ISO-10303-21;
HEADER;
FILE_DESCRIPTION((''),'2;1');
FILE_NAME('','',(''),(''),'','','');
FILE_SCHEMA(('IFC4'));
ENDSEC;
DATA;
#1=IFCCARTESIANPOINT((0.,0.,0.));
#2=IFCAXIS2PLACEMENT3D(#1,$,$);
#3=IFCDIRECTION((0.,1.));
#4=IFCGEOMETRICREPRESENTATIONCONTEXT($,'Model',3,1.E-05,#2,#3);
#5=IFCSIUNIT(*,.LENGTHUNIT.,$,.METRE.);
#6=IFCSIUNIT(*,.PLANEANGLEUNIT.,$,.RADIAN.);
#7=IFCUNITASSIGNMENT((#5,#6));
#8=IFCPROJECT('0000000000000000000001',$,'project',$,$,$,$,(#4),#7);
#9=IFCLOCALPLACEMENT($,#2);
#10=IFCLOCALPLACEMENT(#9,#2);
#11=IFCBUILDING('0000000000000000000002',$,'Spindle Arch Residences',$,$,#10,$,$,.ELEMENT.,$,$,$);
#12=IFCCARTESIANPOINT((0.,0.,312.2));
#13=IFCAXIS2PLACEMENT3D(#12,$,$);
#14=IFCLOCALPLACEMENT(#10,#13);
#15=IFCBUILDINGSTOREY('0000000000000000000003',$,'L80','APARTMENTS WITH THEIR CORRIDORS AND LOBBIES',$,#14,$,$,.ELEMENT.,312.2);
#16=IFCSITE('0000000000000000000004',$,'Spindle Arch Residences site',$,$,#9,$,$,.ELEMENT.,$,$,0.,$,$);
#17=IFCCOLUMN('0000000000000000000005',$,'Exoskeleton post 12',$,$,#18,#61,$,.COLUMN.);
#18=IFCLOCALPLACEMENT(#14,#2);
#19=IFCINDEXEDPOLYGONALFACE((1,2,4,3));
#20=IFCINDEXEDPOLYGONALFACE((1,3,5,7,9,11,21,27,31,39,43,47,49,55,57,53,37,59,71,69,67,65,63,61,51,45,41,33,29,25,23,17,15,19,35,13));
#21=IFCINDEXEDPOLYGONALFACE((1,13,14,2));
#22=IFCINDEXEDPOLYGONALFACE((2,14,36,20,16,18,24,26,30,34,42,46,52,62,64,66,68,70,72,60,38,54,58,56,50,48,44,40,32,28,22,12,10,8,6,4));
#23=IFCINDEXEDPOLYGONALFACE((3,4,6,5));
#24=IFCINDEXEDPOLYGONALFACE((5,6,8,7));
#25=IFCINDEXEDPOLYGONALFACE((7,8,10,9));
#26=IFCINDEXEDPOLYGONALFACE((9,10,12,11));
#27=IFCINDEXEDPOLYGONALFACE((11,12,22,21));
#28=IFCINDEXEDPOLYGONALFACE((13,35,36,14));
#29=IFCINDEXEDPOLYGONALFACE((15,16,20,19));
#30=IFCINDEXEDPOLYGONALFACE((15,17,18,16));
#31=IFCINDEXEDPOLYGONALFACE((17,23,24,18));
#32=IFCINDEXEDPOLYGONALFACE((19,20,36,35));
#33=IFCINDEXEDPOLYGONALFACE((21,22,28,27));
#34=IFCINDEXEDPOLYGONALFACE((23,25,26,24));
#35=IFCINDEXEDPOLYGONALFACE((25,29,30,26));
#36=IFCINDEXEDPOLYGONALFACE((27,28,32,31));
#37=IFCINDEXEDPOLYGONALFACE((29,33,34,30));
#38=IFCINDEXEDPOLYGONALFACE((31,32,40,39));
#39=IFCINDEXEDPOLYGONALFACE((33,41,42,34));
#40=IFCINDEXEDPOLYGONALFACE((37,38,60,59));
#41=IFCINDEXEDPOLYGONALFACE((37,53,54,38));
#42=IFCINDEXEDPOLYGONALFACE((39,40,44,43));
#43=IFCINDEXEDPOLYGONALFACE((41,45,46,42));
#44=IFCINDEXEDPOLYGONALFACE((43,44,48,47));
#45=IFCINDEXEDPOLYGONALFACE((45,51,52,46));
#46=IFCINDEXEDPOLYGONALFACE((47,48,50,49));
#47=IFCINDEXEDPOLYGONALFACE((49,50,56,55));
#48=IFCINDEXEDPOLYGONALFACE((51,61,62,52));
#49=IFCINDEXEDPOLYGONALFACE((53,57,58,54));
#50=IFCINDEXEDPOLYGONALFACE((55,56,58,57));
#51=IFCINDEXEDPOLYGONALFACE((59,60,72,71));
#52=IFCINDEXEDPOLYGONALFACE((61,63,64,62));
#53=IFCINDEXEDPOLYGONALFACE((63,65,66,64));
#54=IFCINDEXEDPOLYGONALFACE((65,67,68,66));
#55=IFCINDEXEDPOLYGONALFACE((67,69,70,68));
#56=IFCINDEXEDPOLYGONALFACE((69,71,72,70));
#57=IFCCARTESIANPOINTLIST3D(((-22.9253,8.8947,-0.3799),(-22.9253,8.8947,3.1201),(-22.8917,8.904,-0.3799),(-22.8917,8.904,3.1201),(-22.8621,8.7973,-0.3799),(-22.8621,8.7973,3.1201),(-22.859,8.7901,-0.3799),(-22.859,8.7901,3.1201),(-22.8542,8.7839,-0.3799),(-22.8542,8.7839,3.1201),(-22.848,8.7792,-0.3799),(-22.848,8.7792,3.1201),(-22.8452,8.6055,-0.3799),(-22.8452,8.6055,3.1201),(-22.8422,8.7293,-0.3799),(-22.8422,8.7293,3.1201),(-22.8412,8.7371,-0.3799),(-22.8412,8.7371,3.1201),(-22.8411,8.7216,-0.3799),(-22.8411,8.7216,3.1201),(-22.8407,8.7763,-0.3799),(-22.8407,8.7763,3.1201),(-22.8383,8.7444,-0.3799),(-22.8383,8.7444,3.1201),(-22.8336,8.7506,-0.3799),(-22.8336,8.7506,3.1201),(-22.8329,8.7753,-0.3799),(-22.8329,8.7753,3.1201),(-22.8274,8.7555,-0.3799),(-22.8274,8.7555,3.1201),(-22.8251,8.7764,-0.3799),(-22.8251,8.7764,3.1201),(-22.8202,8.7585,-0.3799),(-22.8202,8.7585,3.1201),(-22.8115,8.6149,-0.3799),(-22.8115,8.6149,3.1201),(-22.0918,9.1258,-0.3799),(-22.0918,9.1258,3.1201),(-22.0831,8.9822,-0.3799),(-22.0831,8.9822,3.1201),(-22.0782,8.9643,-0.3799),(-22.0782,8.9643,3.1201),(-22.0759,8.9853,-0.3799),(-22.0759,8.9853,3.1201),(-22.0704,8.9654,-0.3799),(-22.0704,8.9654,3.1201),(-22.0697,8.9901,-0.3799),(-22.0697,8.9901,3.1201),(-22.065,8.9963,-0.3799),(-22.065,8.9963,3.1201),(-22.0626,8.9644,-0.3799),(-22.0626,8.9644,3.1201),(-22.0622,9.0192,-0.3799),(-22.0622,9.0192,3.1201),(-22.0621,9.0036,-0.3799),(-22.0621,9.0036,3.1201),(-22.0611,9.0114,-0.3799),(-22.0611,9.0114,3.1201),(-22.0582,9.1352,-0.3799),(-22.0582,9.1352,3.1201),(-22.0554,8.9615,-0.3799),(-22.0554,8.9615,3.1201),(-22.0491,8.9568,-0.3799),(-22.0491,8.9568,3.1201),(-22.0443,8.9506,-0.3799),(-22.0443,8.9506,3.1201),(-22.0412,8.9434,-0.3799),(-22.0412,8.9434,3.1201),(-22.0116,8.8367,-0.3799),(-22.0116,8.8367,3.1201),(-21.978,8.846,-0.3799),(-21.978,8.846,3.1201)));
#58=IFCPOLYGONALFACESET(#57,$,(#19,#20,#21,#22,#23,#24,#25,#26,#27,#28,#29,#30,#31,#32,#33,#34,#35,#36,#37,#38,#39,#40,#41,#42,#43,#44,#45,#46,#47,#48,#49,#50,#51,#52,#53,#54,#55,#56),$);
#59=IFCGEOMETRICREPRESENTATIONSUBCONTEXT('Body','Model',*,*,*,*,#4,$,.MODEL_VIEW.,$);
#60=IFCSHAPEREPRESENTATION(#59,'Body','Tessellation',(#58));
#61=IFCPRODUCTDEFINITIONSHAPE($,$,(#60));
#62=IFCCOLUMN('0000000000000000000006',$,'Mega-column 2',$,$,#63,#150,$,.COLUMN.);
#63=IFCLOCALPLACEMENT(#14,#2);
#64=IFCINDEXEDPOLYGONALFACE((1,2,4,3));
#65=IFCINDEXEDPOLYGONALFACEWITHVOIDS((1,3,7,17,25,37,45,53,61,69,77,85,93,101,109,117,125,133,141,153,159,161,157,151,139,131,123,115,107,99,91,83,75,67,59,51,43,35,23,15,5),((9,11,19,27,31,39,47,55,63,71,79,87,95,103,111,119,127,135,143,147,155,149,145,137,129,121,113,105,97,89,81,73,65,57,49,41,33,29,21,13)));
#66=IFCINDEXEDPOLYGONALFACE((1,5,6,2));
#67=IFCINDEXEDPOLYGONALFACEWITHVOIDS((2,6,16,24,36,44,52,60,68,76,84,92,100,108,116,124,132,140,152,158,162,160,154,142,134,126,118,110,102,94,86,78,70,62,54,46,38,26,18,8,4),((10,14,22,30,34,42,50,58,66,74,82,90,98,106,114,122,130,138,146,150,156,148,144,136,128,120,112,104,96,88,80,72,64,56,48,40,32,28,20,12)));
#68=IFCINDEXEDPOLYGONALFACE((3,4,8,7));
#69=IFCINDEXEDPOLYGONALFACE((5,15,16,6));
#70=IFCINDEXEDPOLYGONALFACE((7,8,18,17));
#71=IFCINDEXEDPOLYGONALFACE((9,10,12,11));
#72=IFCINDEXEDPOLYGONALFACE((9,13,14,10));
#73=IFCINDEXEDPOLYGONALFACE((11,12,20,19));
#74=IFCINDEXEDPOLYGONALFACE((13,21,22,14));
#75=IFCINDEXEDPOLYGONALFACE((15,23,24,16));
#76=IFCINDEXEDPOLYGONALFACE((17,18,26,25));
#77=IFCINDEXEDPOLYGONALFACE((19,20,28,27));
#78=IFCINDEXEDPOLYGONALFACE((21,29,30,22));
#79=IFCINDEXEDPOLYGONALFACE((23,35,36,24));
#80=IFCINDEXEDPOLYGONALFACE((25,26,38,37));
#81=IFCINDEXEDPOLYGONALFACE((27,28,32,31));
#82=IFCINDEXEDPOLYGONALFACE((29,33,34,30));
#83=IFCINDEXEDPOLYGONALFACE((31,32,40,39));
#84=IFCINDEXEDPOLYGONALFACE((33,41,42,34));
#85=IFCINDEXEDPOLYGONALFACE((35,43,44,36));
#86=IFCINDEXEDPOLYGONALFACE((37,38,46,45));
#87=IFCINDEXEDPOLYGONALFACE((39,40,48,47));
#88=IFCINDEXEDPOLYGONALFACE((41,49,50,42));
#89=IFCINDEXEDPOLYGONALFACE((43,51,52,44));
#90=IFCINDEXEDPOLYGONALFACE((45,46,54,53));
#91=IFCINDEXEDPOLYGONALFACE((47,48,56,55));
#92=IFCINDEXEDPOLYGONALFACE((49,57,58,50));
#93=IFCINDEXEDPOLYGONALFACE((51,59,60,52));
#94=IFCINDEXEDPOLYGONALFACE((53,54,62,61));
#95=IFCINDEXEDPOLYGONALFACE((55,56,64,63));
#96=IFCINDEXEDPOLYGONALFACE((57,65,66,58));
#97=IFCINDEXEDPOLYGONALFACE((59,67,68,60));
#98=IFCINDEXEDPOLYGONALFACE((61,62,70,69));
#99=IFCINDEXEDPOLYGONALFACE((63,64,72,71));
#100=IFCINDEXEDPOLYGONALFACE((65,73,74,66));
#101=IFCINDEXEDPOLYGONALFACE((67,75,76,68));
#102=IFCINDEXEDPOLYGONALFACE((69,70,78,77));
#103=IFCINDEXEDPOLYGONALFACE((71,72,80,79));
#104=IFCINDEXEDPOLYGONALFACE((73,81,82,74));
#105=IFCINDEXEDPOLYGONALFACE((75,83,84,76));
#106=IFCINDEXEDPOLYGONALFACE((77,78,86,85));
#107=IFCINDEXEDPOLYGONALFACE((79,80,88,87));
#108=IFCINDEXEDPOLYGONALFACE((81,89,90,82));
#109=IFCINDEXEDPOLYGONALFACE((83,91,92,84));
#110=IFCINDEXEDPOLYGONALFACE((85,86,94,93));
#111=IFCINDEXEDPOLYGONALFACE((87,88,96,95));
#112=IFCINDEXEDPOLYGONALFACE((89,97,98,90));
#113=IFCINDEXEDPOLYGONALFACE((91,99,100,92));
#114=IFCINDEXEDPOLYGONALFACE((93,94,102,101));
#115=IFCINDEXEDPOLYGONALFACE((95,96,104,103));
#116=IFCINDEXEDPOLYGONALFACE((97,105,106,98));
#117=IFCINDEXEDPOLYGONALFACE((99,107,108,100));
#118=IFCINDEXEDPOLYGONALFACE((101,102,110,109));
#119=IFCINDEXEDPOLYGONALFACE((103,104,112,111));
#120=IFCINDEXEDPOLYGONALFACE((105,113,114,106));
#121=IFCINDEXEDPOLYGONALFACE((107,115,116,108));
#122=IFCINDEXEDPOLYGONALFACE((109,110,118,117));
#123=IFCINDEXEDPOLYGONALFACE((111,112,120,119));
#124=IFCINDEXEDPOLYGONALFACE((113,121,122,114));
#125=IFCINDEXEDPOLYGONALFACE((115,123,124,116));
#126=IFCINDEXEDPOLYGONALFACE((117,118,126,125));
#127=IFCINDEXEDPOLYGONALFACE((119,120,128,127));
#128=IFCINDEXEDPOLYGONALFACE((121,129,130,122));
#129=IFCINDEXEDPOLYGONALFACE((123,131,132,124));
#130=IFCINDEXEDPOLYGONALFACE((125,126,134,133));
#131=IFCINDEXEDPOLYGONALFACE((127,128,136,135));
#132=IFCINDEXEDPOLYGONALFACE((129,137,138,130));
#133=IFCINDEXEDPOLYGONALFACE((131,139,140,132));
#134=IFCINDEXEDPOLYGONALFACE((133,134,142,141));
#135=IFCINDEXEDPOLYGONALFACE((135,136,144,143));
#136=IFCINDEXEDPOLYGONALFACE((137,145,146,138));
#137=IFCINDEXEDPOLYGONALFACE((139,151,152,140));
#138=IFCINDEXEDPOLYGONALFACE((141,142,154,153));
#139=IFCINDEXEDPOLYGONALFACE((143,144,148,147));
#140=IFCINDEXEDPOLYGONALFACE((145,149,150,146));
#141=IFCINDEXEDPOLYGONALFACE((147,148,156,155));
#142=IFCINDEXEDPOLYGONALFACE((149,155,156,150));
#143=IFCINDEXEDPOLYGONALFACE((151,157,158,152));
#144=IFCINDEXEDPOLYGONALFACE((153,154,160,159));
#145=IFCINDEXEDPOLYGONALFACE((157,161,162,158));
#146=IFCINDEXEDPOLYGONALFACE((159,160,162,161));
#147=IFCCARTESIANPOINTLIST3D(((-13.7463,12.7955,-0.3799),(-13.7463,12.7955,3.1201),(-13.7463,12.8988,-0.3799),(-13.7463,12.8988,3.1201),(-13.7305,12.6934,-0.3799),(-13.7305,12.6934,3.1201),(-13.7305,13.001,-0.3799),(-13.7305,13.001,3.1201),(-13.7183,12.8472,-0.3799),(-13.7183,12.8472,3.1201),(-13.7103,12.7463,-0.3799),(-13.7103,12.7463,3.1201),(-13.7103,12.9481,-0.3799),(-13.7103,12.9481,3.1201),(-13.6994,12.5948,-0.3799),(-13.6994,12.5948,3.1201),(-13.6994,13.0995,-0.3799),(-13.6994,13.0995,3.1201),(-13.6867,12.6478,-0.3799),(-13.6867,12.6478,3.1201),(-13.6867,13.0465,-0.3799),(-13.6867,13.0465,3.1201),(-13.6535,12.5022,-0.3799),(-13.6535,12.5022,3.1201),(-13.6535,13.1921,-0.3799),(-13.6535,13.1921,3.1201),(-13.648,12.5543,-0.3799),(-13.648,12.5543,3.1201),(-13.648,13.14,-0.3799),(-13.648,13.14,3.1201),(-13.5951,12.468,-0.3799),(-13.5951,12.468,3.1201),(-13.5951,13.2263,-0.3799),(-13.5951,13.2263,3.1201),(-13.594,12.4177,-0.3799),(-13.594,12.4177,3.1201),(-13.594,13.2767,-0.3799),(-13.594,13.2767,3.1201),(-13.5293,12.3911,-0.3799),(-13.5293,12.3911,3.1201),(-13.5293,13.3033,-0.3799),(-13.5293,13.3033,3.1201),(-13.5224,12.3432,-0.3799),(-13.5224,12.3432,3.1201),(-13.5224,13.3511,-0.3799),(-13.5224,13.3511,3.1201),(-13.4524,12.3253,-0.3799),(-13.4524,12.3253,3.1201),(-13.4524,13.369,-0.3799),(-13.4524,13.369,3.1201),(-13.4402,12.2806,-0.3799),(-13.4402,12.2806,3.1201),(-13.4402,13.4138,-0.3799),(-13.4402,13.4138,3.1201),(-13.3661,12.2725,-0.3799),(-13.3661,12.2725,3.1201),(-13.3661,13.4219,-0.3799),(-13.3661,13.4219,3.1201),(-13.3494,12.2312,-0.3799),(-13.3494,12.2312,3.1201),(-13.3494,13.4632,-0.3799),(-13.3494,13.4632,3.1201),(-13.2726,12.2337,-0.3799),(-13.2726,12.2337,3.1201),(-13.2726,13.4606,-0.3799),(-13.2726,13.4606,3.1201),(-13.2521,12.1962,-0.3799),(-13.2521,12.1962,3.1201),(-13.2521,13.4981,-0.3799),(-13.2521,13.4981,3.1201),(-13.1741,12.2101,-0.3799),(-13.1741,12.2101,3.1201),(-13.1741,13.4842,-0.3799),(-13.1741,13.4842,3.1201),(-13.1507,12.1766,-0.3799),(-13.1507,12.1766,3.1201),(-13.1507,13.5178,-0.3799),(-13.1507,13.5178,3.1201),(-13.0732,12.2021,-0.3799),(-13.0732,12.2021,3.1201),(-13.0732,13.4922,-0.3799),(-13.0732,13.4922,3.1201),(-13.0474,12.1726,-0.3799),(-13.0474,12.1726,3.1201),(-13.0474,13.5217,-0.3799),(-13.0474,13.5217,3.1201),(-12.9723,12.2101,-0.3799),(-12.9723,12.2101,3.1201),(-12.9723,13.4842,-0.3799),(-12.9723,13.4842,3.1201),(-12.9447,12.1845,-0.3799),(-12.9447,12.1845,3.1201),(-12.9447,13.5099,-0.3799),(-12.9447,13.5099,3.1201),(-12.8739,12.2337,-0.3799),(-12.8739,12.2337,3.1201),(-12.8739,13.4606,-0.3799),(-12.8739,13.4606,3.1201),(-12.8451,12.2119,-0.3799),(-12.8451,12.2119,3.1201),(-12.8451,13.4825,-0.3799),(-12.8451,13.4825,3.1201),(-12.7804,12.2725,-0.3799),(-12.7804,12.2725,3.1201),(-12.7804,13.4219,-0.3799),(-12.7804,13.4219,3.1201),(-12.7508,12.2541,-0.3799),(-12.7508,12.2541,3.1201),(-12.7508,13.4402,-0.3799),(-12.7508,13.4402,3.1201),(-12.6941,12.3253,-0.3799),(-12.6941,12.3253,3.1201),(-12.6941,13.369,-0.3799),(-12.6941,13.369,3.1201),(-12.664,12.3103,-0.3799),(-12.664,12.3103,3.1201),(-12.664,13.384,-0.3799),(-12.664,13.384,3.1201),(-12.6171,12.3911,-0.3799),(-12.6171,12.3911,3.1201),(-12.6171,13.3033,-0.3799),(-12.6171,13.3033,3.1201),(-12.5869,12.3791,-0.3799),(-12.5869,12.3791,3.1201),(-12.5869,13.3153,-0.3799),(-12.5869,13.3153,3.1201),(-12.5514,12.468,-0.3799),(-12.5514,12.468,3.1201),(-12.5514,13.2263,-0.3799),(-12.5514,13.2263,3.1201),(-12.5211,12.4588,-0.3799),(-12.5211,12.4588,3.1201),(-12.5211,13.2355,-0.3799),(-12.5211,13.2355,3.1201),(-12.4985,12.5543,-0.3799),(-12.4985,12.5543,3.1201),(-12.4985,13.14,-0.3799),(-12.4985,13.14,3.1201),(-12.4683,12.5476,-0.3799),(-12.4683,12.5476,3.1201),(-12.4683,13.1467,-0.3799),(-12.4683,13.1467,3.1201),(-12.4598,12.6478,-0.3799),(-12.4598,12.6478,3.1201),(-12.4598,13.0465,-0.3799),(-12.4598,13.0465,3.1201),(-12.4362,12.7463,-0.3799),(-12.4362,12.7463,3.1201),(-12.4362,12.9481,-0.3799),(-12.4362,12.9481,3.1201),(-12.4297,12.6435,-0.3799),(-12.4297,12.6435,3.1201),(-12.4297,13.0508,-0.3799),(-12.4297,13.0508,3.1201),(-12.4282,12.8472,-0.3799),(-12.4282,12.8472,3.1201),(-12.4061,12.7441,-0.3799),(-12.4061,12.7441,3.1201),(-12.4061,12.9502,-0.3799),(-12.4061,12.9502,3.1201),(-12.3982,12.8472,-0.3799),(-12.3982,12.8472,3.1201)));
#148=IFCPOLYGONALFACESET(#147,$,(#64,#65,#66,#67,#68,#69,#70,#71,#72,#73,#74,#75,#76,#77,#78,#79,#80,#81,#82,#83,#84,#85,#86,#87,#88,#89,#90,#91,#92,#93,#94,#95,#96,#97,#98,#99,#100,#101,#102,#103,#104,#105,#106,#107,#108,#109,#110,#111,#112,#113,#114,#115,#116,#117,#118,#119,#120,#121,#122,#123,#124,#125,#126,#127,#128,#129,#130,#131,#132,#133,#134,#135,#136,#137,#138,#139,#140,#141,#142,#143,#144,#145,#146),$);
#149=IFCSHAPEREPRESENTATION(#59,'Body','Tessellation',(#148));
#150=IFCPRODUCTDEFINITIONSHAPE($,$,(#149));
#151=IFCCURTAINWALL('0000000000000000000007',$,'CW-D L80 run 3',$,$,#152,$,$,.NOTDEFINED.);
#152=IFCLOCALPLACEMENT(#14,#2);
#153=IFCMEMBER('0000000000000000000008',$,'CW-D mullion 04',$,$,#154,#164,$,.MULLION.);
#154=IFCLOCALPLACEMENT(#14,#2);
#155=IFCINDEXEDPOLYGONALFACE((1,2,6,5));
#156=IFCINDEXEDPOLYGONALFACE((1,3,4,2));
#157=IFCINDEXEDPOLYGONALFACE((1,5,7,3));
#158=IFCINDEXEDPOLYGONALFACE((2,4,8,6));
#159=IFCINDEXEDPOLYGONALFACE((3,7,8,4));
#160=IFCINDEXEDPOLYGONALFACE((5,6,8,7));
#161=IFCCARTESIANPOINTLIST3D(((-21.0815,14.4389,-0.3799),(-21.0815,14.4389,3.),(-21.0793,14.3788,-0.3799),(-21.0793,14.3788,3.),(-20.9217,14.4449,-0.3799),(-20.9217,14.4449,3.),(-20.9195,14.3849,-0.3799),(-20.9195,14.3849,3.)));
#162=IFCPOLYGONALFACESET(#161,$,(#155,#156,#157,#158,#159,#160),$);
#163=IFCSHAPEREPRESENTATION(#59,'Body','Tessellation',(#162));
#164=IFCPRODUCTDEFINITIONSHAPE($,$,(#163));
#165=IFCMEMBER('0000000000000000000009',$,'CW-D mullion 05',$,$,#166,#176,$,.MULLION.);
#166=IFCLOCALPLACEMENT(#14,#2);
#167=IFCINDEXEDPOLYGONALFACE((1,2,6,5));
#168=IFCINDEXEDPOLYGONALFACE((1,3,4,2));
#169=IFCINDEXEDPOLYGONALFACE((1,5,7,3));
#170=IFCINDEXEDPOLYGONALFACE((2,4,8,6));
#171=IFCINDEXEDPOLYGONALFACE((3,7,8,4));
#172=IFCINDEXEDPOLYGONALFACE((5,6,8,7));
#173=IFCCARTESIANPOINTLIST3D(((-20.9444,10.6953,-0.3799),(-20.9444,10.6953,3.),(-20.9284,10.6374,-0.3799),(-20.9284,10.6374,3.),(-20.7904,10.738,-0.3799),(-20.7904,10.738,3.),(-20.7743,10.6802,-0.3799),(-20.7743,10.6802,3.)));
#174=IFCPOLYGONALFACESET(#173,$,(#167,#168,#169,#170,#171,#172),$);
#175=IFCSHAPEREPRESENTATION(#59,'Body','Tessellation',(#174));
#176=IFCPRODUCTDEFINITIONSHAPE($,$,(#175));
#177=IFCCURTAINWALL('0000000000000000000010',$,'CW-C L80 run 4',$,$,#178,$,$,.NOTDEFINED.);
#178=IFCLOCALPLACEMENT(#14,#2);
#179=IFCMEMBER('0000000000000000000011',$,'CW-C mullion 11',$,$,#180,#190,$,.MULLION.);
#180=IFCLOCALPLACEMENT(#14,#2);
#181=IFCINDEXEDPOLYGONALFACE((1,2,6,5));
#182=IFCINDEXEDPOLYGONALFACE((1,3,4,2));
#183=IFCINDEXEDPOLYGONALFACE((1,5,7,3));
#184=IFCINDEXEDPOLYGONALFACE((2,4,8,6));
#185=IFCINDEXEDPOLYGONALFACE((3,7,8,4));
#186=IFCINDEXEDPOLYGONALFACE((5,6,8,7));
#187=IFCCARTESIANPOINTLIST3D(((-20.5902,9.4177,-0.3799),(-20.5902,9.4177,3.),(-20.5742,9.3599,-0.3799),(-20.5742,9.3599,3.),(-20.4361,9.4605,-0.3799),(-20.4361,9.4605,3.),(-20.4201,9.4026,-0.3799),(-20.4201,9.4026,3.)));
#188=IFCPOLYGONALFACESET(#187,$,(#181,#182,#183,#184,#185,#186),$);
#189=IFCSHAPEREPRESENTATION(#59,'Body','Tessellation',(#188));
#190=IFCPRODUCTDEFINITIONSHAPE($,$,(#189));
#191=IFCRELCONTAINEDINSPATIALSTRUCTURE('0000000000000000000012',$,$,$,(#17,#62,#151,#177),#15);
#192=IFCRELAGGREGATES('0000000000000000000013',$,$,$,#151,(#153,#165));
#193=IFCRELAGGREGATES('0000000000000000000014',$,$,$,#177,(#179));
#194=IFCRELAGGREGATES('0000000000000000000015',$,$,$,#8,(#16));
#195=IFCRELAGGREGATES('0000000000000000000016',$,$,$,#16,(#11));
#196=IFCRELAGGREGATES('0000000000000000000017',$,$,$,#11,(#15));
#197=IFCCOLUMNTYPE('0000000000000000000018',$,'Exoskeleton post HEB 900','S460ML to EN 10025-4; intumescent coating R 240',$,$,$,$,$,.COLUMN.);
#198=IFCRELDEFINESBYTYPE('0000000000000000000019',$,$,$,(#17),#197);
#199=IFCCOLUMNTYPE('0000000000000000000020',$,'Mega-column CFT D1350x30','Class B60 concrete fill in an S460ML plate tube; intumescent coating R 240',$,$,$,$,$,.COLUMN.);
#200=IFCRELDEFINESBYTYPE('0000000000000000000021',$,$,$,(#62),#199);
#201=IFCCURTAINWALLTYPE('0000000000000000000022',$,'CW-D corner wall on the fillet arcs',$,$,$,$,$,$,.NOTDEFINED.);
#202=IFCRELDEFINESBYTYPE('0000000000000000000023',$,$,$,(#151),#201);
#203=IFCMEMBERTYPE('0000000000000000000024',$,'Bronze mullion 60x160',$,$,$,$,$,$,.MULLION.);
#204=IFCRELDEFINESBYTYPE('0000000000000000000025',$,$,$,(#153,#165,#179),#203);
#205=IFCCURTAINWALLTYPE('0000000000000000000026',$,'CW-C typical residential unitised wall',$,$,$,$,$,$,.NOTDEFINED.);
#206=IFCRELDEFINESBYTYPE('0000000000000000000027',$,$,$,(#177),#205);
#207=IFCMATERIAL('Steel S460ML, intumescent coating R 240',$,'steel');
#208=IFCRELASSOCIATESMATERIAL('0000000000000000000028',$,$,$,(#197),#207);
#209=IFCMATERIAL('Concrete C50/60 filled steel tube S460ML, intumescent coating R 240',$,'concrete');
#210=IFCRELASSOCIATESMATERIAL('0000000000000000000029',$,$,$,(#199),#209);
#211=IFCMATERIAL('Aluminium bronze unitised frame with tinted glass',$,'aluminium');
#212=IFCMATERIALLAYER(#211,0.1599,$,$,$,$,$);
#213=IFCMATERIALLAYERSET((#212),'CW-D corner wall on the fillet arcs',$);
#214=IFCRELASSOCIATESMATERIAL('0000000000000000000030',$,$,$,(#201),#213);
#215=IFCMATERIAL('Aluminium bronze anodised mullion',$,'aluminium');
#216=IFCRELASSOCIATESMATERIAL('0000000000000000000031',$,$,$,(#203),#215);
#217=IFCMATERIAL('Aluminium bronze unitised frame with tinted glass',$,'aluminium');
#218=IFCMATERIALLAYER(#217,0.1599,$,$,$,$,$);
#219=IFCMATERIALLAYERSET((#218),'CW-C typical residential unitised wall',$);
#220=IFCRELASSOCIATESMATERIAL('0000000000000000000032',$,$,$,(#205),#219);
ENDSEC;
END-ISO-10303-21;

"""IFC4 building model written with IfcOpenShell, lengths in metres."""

from ifc_helpers import new_model, si_unit, direction, frame, origin, origin_2d, place, context, subcontext, project, spatial, rectangle, hollow_circle, i_section, extrude, material, layer, layer_set, material_profile, profile_set, type_object, element, aggregate, save


model = new_model("IFC4")

# Units and contexts
model_context = context("Model", 3, precision=1e-05, world=origin(), true_north=direction((0.0, 1.0)))
body_context = subcontext(model_context, "Body", "Model", "MODEL_VIEW")
ifc_project = project(units=[si_unit("LENGTHUNIT", "METRE"), si_unit("PLANEANGLEUNIT", "RADIAN")], contexts=[model_context])

# Site, building, storey
site_placement = place(None, origin())
site = spatial("IfcSite", under=ifc_project, at=site_placement, Name="Spindle Arch Residences site", CompositionType="ELEMENT", RefElevation=0.0)
building_placement = place(site_placement, origin())
building = spatial("IfcBuilding", under=site, at=building_placement, Name="Spindle Arch Residences", CompositionType="ELEMENT")
storey_placement = place(building_placement, frame((0.0, 0.0, 312.2)))
storey = spatial("IfcBuildingStorey", under=building, at=storey_placement, Name="L80", Description="APARTMENTS WITH THEIR CORRIDORS AND LOBBIES", CompositionType="ELEMENT", Elevation=312.2)

# Columns
ifc_material_1 = material(Name="Steel S460ML, intumescent coating R 240", Category="steel")
ifc_material_profile_1 = material_profile(ifc_material_1, i_section(OverallWidth=0.3, OverallDepth=0.8999, WebThickness=0.0186, FlangeThickness=0.0349, FilletRadius=0.03, at=origin_2d()), Name="HEB 900")
ifc_profile_set_1 = profile_set([ifc_material_profile_1], Name="Steel S460ML, intumescent coating R 240")
column_type_1 = type_object("IfcColumnType", Name="Exoskeleton post HEB 900", Description="S460ML to EN 10025-4; intumescent coating R 240", PredefinedType="COLUMN", material=ifc_profile_set_1)
column_1_placement = place(storey_placement, frame((-22.4517, 8.8704, -0.3799), z_axis=(0.0, 0.0, 1.0), x_axis=(-0.267238, 0.963631, 0.0)))
element("IfcColumn", 1, at=column_1_placement, inside=storey, type_object=column_type_1, Name="Exoskeleton post 12", PredefinedType="COLUMN", context=body_context, shape_type="SweptSolid", body=[
    extrude(i_section(OverallWidth=0.3, OverallDepth=0.8999, WebThickness=0.0186, FlangeThickness=0.0349, FilletRadius=0.03, at=origin_2d()), origin(), (0.0, 0.0, 1.0), 3.5),
])
ifc_material_2 = material(Name="Concrete C50/60 filled steel tube S460ML, intumescent coating R 240", Category="concrete")
ifc_material_profile_2 = material_profile(ifc_material_2, hollow_circle(Radius=0.675, WallThickness=0.03, at=origin_2d()), Name="CFT D1350x30")
ifc_profile_set_2 = profile_set([ifc_material_profile_2], Name="Concrete C50/60 filled steel tube S460ML, intumescent coating R 240")
column_type_2 = type_object("IfcColumnType", Name="Mega-column CFT D1350x30", Description="Class B60 concrete fill in an S460ML plate tube; intumescent coating R 240", PredefinedType="COLUMN", material=ifc_profile_set_2)
column_2_placement = place(storey_placement, frame((-13.0732, 12.8472, -0.3799), z_axis=(0.0, 0.0, 1.0), x_axis=(1.0, 0.0, 0.0)))
element("IfcColumn", 2, at=column_2_placement, inside=storey, type_object=column_type_2, Name="Mega-column 2", PredefinedType="COLUMN", context=body_context, shape_type="SweptSolid", body=[
    extrude(hollow_circle(Radius=0.675, WallThickness=0.03, at=origin_2d()), origin(), (0.0, 0.0, 1.0), 3.5),
])

# Curtain wall, members
ifc_material_3 = material(Name="Aluminium bronze unitised frame with tinted glass", Category="aluminium")
ifc_layer_1 = layer(ifc_material_3, 0.1599)
ifc_layer_set_1 = layer_set([ifc_layer_1], Name="CW-D corner wall on the fillet arcs")
curtain_wall_type_1 = type_object("IfcCurtainWallType", Name="CW-D corner wall on the fillet arcs", PredefinedType="NOTDEFINED", material=ifc_layer_set_1)
curtain_wall_1_placement = place(storey_placement, origin())
curtain_wall_1 = element("IfcCurtainWall", 3, at=curtain_wall_1_placement, inside=storey, type_object=curtain_wall_type_1, Name="CW-D L80 run 3", PredefinedType="NOTDEFINED")
ifc_material_4 = material(Name="Aluminium bronze anodised mullion", Category="aluminium")
ifc_material_profile_3 = material_profile(ifc_material_4, rectangle(XDim=0.1599, YDim=0.0601, at=origin_2d()), Name="MU 60x160")
ifc_profile_set_3 = profile_set([ifc_material_profile_3], Name="Aluminium bronze anodised mullion")
member_type_1 = type_object("IfcMemberType", Name="Bronze mullion 60x160", PredefinedType="MULLION", material=ifc_profile_set_3)
member_1_placement = place(storey_placement, frame((-21.0005, 14.4119, -0.3799), z_axis=(0.0, 0.0, 1.0), x_axis=(0.999285, 0.037806, 0.0)))
member_1 = element("IfcMember", 4, at=member_1_placement, type_object=member_type_1, Name="CW-D mullion 04", PredefinedType="MULLION", context=body_context, shape_type="SweptSolid", body=[
    extrude(rectangle(XDim=0.1599, YDim=0.0601, at=origin_2d()), origin(), (0.0, 0.0, 1.0), 3.3799),
])
member_2_placement = place(storey_placement, frame((-20.8594, 10.6877, -0.3799), z_axis=(0.0, 0.0, 1.0), x_axis=(0.96363, 0.267238, 0.0)))
member_2 = element("IfcMember", 5, at=member_2_placement, type_object=member_type_1, Name="CW-D mullion 05", PredefinedType="MULLION", context=body_context, shape_type="SweptSolid", body=[
    extrude(rectangle(XDim=0.1599, YDim=0.0601, at=origin_2d()), origin(), (0.0, 0.0, 1.0), 3.3799),
])

# Curtain wall, member
ifc_material_5 = material(Name="Aluminium bronze unitised frame with tinted glass", Category="aluminium")
ifc_layer_2 = layer(ifc_material_5, 0.1599)
ifc_layer_set_2 = layer_set([ifc_layer_2], Name="CW-C typical residential unitised wall")
curtain_wall_type_2 = type_object("IfcCurtainWallType", Name="CW-C typical residential unitised wall", PredefinedType="NOTDEFINED", material=ifc_layer_set_2)
curtain_wall_2_placement = place(storey_placement, origin())
curtain_wall_2 = element("IfcCurtainWall", 6, at=curtain_wall_2_placement, inside=storey, type_object=curtain_wall_type_2, Name="CW-C L80 run 4", PredefinedType="NOTDEFINED")
member_3_placement = place(storey_placement, frame((-20.5051, 9.4102, -0.3799), z_axis=(0.0, 0.0, 1.0), x_axis=(0.96363, 0.267238, 0.0)))
member_3 = element("IfcMember", 7, at=member_3_placement, type_object=member_type_1, Name="CW-C mullion 11", PredefinedType="MULLION", context=body_context, shape_type="SweptSolid", body=[
    extrude(rectangle(XDim=0.1599, YDim=0.0601, at=origin_2d()), origin(), (0.0, 0.0, 1.0), 3.3799),
])

aggregate(curtain_wall_1, [member_1, member_2])
aggregate(curtain_wall_2, [member_3])

save(model, "model.ifc")
